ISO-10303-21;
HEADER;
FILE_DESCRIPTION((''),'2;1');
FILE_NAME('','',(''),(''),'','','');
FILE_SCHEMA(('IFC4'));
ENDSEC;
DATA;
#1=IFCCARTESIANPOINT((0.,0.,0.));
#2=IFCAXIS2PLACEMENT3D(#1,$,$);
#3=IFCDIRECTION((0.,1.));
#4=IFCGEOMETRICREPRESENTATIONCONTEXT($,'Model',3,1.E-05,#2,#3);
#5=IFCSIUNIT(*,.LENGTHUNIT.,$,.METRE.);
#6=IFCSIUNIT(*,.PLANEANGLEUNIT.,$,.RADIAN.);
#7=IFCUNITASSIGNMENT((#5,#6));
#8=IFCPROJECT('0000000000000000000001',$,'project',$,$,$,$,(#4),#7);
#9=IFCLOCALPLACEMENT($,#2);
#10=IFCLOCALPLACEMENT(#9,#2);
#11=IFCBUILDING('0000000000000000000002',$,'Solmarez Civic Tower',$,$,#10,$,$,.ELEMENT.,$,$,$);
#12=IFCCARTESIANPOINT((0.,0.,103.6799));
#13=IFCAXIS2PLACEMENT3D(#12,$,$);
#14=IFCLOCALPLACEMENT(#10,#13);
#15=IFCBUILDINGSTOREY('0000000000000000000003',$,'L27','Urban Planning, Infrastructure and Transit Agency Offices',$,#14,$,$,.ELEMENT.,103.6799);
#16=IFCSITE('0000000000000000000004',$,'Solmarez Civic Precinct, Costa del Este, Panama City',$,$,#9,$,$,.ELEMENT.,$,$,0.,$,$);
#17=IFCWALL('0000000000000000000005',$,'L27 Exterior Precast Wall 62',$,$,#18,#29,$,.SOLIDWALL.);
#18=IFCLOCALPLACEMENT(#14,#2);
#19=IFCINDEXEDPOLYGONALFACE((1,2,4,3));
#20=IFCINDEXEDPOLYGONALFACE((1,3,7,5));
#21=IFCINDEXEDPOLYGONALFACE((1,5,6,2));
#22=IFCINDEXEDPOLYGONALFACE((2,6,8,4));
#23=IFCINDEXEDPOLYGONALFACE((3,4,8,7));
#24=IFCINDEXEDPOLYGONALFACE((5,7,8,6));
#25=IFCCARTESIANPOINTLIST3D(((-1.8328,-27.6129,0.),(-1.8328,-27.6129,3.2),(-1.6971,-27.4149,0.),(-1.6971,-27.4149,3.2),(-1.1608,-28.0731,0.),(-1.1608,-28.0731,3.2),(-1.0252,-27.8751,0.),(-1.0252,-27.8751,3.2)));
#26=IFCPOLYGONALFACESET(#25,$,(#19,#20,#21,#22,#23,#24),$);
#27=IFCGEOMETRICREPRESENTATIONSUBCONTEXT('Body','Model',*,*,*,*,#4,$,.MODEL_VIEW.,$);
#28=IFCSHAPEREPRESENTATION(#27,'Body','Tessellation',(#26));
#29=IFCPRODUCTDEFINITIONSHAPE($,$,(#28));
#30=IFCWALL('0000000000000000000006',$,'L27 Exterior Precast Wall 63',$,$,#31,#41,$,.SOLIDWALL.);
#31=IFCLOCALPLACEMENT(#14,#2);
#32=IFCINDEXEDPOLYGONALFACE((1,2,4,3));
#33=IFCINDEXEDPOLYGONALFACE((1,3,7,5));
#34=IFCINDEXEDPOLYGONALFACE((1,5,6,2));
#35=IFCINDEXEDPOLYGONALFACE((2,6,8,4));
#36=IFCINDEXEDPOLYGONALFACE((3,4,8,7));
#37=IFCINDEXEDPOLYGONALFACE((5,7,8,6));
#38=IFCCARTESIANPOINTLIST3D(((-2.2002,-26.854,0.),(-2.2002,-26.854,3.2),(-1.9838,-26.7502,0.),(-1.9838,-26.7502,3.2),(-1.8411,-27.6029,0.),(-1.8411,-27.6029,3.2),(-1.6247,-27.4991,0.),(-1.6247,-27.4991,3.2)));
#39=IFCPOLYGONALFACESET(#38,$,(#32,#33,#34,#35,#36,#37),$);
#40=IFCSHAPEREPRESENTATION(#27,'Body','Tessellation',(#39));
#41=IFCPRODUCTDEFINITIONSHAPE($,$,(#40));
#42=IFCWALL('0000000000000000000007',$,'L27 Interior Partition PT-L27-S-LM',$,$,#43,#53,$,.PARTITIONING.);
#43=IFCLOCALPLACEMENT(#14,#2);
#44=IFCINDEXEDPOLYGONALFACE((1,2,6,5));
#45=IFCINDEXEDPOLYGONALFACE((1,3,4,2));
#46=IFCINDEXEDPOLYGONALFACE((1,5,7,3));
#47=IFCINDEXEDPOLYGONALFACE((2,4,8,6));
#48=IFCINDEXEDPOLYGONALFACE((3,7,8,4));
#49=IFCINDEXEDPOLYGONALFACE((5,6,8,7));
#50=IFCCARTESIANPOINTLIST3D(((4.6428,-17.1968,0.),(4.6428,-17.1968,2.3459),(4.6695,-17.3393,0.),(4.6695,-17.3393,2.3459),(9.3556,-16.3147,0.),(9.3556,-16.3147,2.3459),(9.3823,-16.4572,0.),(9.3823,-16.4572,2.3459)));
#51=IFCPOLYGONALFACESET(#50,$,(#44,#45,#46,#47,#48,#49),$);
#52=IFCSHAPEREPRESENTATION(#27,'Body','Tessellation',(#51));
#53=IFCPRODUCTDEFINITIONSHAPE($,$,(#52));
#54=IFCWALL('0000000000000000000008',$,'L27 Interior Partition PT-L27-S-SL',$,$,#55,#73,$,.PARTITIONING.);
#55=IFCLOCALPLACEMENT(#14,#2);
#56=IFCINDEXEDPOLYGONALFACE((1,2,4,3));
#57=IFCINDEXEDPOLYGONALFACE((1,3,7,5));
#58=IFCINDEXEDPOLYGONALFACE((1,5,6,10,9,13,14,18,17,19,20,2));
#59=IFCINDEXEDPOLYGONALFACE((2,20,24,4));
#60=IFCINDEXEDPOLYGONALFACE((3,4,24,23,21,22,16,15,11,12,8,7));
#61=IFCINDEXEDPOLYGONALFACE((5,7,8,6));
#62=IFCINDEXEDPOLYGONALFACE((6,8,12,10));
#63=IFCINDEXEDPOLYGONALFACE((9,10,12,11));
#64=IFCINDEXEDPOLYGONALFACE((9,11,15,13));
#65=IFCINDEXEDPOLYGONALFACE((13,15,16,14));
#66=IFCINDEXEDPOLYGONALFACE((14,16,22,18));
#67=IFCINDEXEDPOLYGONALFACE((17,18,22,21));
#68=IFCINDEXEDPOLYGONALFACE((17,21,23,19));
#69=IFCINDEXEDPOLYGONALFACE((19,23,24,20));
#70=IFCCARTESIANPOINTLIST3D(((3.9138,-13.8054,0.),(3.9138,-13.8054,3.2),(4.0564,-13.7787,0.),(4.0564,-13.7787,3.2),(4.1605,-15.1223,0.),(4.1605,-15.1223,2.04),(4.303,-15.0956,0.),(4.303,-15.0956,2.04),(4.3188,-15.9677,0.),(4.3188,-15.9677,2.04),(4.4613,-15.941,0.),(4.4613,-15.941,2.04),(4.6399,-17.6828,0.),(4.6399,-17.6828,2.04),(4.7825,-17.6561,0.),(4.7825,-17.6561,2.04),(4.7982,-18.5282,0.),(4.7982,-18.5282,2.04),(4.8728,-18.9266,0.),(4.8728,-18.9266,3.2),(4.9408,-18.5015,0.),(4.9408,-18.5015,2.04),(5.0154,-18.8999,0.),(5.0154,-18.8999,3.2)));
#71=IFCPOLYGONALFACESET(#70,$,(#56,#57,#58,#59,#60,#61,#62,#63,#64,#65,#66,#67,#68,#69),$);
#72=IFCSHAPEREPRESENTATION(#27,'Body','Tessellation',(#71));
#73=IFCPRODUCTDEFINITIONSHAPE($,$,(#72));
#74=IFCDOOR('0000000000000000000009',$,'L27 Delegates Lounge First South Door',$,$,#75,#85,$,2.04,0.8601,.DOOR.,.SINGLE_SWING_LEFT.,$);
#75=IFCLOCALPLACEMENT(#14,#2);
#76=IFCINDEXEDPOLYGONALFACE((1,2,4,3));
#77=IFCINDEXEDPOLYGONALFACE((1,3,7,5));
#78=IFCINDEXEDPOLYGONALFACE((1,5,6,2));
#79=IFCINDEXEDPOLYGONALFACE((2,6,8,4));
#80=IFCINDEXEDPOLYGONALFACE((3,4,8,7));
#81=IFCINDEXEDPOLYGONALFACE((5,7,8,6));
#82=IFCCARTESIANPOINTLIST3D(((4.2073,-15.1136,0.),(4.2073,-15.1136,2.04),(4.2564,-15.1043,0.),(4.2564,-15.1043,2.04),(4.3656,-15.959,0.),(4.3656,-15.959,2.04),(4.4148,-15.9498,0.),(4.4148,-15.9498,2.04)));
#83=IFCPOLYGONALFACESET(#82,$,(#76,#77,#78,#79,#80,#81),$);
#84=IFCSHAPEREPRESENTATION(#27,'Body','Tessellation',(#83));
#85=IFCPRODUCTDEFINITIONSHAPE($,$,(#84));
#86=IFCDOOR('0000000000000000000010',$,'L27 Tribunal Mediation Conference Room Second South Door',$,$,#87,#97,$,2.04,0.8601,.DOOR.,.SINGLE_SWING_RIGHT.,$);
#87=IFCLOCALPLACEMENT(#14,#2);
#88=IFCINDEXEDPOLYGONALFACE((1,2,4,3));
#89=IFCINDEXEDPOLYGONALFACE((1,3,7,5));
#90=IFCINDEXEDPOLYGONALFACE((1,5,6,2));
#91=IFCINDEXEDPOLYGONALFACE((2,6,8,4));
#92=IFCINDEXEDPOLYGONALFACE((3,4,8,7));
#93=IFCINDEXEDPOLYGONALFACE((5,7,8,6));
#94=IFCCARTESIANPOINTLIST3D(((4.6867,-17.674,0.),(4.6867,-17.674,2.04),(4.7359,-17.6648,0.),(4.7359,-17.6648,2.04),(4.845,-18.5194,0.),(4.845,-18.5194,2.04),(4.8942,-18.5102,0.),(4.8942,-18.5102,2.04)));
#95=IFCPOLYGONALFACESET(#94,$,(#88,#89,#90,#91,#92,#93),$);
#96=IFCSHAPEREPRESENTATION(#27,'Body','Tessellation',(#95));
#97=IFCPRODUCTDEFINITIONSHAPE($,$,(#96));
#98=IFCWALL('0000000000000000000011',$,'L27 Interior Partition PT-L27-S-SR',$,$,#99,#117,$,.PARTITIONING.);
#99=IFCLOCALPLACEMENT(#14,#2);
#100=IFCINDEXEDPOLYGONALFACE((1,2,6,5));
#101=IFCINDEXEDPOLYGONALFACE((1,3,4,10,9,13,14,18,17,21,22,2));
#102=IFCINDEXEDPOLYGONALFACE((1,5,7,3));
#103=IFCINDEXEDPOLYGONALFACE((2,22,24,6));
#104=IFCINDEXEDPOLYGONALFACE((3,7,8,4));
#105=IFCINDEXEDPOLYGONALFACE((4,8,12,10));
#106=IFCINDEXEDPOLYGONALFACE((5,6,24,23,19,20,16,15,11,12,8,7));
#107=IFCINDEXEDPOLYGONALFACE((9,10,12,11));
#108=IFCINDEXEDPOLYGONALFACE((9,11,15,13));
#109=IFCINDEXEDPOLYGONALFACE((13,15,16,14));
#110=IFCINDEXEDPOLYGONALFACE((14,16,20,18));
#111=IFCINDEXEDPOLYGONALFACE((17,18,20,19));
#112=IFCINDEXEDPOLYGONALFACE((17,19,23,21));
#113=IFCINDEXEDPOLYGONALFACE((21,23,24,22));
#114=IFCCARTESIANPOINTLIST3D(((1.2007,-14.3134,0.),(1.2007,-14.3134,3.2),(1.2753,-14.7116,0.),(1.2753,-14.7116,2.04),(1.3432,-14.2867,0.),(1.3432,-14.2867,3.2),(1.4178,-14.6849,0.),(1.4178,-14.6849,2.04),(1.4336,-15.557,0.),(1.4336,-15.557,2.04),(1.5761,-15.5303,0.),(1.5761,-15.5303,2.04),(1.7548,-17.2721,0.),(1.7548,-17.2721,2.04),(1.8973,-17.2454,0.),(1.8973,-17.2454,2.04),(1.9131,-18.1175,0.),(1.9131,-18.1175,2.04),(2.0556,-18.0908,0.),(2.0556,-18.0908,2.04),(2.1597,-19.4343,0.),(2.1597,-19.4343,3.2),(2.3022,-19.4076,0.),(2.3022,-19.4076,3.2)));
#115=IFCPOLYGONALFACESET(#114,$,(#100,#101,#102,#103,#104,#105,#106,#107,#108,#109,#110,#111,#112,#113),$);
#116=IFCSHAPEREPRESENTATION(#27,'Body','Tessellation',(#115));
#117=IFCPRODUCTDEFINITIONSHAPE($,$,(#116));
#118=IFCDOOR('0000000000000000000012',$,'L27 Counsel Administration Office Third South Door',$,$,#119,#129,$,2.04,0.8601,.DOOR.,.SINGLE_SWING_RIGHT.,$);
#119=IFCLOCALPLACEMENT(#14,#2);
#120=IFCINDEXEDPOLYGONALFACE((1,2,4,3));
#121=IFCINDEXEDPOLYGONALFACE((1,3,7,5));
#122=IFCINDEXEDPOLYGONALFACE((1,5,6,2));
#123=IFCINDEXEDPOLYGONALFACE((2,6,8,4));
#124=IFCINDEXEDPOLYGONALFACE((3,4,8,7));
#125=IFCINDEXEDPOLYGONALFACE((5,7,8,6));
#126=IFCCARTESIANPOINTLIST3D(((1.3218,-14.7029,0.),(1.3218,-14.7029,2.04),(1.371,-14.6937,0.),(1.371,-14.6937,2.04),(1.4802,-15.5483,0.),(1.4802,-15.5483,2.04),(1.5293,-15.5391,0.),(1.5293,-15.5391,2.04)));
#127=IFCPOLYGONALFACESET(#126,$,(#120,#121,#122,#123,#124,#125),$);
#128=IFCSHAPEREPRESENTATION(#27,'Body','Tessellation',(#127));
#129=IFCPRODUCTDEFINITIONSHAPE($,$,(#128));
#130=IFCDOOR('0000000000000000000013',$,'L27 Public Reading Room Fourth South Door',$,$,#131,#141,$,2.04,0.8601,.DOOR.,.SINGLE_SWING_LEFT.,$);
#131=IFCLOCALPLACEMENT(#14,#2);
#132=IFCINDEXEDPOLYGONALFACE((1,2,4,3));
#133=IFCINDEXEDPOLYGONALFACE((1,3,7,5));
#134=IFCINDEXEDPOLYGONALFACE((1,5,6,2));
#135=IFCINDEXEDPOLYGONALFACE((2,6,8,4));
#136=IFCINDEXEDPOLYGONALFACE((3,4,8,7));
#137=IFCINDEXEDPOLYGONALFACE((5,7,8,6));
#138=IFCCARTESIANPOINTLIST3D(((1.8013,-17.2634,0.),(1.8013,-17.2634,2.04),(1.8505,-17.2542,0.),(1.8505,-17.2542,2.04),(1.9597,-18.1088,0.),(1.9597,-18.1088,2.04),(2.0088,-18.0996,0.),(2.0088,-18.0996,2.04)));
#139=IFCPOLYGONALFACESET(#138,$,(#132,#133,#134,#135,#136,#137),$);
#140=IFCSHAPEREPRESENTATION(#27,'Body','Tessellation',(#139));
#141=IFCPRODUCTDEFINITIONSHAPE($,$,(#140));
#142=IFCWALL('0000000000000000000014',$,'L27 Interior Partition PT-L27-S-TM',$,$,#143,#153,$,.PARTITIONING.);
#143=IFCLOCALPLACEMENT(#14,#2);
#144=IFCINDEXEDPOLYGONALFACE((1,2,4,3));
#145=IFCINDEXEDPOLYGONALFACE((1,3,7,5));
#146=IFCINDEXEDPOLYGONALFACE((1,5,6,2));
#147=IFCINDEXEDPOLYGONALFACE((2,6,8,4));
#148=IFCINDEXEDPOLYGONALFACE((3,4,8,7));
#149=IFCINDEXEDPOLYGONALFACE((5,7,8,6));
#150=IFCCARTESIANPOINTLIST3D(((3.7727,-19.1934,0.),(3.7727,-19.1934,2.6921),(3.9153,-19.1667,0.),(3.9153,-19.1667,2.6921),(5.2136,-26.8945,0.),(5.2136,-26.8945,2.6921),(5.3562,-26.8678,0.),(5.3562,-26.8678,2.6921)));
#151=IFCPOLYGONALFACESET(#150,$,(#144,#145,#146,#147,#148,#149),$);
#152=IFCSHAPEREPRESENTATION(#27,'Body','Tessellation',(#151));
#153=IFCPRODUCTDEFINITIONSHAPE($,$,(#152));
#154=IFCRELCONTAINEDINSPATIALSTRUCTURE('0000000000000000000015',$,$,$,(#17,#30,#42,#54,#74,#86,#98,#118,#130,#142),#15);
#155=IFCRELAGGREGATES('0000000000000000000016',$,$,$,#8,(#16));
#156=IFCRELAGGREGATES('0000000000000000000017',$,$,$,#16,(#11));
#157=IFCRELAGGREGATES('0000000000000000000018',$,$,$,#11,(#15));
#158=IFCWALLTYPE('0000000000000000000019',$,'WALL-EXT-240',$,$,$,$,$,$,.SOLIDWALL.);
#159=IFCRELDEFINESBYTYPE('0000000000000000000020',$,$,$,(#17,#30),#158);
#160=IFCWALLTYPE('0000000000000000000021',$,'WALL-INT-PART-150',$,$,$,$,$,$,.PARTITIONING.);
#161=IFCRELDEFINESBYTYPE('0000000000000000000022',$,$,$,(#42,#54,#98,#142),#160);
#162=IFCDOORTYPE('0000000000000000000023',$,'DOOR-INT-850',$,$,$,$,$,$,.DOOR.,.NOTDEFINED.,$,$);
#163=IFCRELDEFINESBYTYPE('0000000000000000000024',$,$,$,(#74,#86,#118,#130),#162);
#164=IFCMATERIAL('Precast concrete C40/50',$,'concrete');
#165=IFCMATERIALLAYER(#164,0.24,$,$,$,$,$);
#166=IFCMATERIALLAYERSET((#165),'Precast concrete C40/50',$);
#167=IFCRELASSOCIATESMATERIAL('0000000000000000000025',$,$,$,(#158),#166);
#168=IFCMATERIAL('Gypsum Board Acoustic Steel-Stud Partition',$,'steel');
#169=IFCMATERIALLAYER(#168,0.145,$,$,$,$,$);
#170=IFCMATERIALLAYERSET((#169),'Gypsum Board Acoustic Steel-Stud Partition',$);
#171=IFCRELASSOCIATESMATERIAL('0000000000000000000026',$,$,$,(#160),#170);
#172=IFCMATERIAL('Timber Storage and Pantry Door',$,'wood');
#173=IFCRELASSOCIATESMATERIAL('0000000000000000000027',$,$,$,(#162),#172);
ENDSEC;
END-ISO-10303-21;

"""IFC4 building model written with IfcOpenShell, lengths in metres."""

from ifc_helpers import new_model, si_unit, direction, frame, frame_2d, origin, place, context, subcontext, project, spatial, rectangle, extrude, material, layer, layer_set, type_object, element, fill, save


model = new_model("IFC4")

# Units and contexts
model_context = context("Model", 3, precision=1e-05, world=origin(), true_north=direction((0.0, 1.0)))
body_context = subcontext(model_context, "Body", "Model", "MODEL_VIEW")
ifc_project = project(units=[si_unit("LENGTHUNIT", "METRE"), si_unit("PLANEANGLEUNIT", "RADIAN")], contexts=[model_context])

# Site, building, storey
site_placement = place(None, origin())
site = spatial("IfcSite", under=ifc_project, at=site_placement, Name="Solmarez Civic Precinct, Costa del Este, Panama City", CompositionType="ELEMENT", RefElevation=0.0)
building_placement = place(site_placement, origin())
building = spatial("IfcBuilding", under=site, at=building_placement, Name="Solmarez Civic Tower", CompositionType="ELEMENT")
storey_placement = place(building_placement, frame((0.0, 0.0, 103.6799)))
storey = spatial("IfcBuildingStorey", under=building, at=storey_placement, Name="L27", Description="Urban Planning, Infrastructure and Transit Agency Offices", CompositionType="ELEMENT", Elevation=103.6799)

# Walls
ifc_material_1 = material(Name="Precast concrete C40/50", Category="concrete")
ifc_layer_1 = layer(ifc_material_1, 0.24)
ifc_layer_set_1 = layer_set([ifc_layer_1], Name="Precast concrete C40/50")
wall_type_1 = type_object("IfcWallType", Name="WALL-EXT-240", PredefinedType="SOLIDWALL", material=ifc_layer_set_1)
wall_1_placement = place(storey_placement, frame((-1.093, -27.9741, 0.0), z_axis=(0.0, 0.0, 1.0), x_axis=(-0.82502, 0.565103, 0.0)))
element("IfcWall", 1, at=wall_1_placement, inside=storey, type_object=wall_type_1, Name="L27 Exterior Precast Wall 62", PredefinedType="SOLIDWALL", context=body_context, shape_type="SweptSolid", body=[
    extrude(rectangle(XDim=0.8145, YDim=0.24, at=frame_2d((0.4072, 0.0))), origin(), (0.0, 0.0, 1.0), 3.2),
])
wall_2_placement = place(storey_placement, frame((-1.7329, -27.551, 0.0), z_axis=(0.0, 0.0, 1.0), x_axis=(-0.432339, 0.901711, 0.0)))
element("IfcWall", 2, at=wall_2_placement, inside=storey, type_object=wall_type_1, Name="L27 Exterior Precast Wall 63", PredefinedType="SOLIDWALL", context=body_context, shape_type="SweptSolid", body=[
    extrude(rectangle(XDim=0.8306, YDim=0.24, at=frame_2d((0.4153, 0.0))), origin(), (0.0, 0.0, 1.0), 3.2),
])
ifc_material_2 = material(Name="Gypsum Board Acoustic Steel-Stud Partition", Category="steel")
ifc_layer_2 = layer(ifc_material_2, 0.145)
ifc_layer_set_2 = layer_set([ifc_layer_2], Name="Gypsum Board Acoustic Steel-Stud Partition")
wall_type_2 = type_object("IfcWallType", Name="WALL-INT-PART-150", PredefinedType="PARTITIONING", material=ifc_layer_set_2)
wall_3_placement = place(storey_placement, frame((4.656, -17.2681, 0.0), z_axis=(0.0, 0.0, 1.0), x_axis=(0.982932, 0.183969, 0.0)))
element("IfcWall", 3, at=wall_3_placement, inside=storey, type_object=wall_type_2, Name="L27 Interior Partition PT-L27-S-LM", PredefinedType="PARTITIONING", context=body_context, shape_type="SweptSolid", body=[
    extrude(rectangle(XDim=4.7947, YDim=0.145, at=frame_2d((2.3975, 0.0))), origin(), (0.0, 0.0, 1.0), 2.3459),
])

# Walls, openings, doors
wall_4_placement = place(storey_placement, frame((4.9441, -18.9131, 0.0), z_axis=(0.0, 0.0, 1.0), x_axis=(-0.184062, 0.982915, 0.0)))
wall_4 = element("IfcWall", 4, at=wall_4_placement, inside=storey, type_object=wall_type_2, Name="L27 Interior Partition PT-L27-S-SL", PredefinedType="PARTITIONING", context=body_context, shape_type="SweptSolid", body=[
    extrude(rectangle(XDim=5.2102, YDim=0.145, at=frame_2d((2.605, 0.0))), origin(), (0.0, 0.0, 1.0), 3.2),
])
opening_1_placement = place(wall_4_placement, frame((3.01, 0.0, 0.0)))
opening_1 = element("IfcOpeningElement", 5, at=opening_1_placement, cuts=wall_4, PredefinedType="OPENING", context=body_context, shape_type="SweptSolid", body=[
    extrude(rectangle(XDim=0.8601, YDim=2.04, at=frame_2d((0.4302, 1.02))), frame((0.0, 0.0825, 0.0), z_axis=(0.0, -1.0, 0.0), x_axis=(1.0, 0.0, 0.0)), (0.0, 0.0, 1.0), 0.165),
])
opening_2_placement = place(wall_4_placement, frame((0.405, 0.0, 0.0)))
opening_2 = element("IfcOpeningElement", 6, at=opening_2_placement, cuts=wall_4, PredefinedType="OPENING", context=body_context, shape_type="SweptSolid", body=[
    extrude(rectangle(XDim=0.8601, YDim=2.04, at=frame_2d((0.4302, 1.02))), frame((0.0, 0.0825, 0.0), z_axis=(0.0, -1.0, 0.0), x_axis=(1.0, 0.0, 0.0)), (0.0, 0.0, 1.0), 0.165),
])
ifc_material_3 = material(Name="Timber Storage and Pantry Door", Category="wood")
door_type = type_object("IfcDoorType", Name="DOOR-INT-850", OperationType="NOTDEFINED", PredefinedType="DOOR", material=ifc_material_3)
door_1_placement = place(opening_1_placement, origin())
door_1 = element("IfcDoor", 7, at=door_1_placement, inside=storey, type_object=door_type, Name="L27 Delegates Lounge First South Door", OperationType="SINGLE_SWING_LEFT", OverallHeight=2.04, OverallWidth=0.8601, PredefinedType="DOOR", context=body_context, shape_type="SweptSolid", body=[
    extrude(rectangle(XDim=0.8601, YDim=2.04, at=frame_2d((0.4302, 1.02))), frame((0.0, 0.0249, 0.0), z_axis=(0.0, -1.0, 0.0), x_axis=(1.0, 0.0, 0.0)), (0.0, 0.0, 1.0), 0.05),
])
fill(opening_1, door_1)
door_2_placement = place(opening_2_placement, origin())
door_2 = element("IfcDoor", 8, at=door_2_placement, inside=storey, type_object=door_type, Name="L27 Tribunal Mediation Conference Room Second South Door", OperationType="SINGLE_SWING_RIGHT", OverallHeight=2.04, OverallWidth=0.8601, PredefinedType="DOOR", context=body_context, shape_type="SweptSolid", body=[
    extrude(rectangle(XDim=0.8601, YDim=2.04, at=frame_2d((0.4302, 1.02))), frame((0.0, 0.0249, 0.0), z_axis=(0.0, -1.0, 0.0), x_axis=(1.0, 0.0, 0.0)), (0.0, 0.0, 1.0), 0.05),
])
fill(opening_2, door_2)
wall_5_placement = place(storey_placement, frame((1.272, -14.3, 0.0), z_axis=(0.0, 0.0, 1.0), x_axis=(0.184071, -0.982913, 0.0)))
wall_5 = element("IfcWall", 9, at=wall_5_placement, inside=storey, type_object=wall_type_2, Name="L27 Interior Partition PT-L27-S-SR", PredefinedType="PARTITIONING", context=body_context, shape_type="SweptSolid", body=[
    extrude(rectangle(XDim=5.21, YDim=0.145, at=frame_2d((2.605, 0.0))), origin(), (0.0, 0.0, 1.0), 3.2),
])
opening_3_placement = place(wall_5_placement, frame((0.405, 0.0, 0.0)))
opening_3 = element("IfcOpeningElement", 10, at=opening_3_placement, cuts=wall_5, PredefinedType="OPENING", context=body_context, shape_type="SweptSolid", body=[
    extrude(rectangle(XDim=0.8601, YDim=2.04, at=frame_2d((0.4302, 1.02))), frame((0.0, 0.0825, 0.0), z_axis=(0.0, -1.0, 0.0), x_axis=(1.0, 0.0, 0.0)), (0.0, 0.0, 1.0), 0.165),
])
opening_4_placement = place(wall_5_placement, frame((3.01, 0.0, 0.0)))
opening_4 = element("IfcOpeningElement", 11, at=opening_4_placement, cuts=wall_5, PredefinedType="OPENING", context=body_context, shape_type="SweptSolid", body=[
    extrude(rectangle(XDim=0.8601, YDim=2.04, at=frame_2d((0.4302, 1.02))), frame((0.0, 0.0825, 0.0), z_axis=(0.0, -1.0, 0.0), x_axis=(1.0, 0.0, 0.0)), (0.0, 0.0, 1.0), 0.165),
])
door_3_placement = place(opening_3_placement, origin())
door_3 = element("IfcDoor", 12, at=door_3_placement, inside=storey, type_object=door_type, Name="L27 Counsel Administration Office Third South Door", OperationType="SINGLE_SWING_RIGHT", OverallHeight=2.04, OverallWidth=0.8601, PredefinedType="DOOR", context=body_context, shape_type="SweptSolid", body=[
    extrude(rectangle(XDim=0.8601, YDim=2.04, at=frame_2d((0.4302, 1.02))), frame((0.0, 0.0249, 0.0), z_axis=(0.0, -1.0, 0.0), x_axis=(1.0, 0.0, 0.0)), (0.0, 0.0, 1.0), 0.05),
])
fill(opening_3, door_3)
door_4_placement = place(opening_4_placement, origin())
door_4 = element("IfcDoor", 13, at=door_4_placement, inside=storey, type_object=door_type, Name="L27 Public Reading Room Fourth South Door", OperationType="SINGLE_SWING_LEFT", OverallHeight=2.04, OverallWidth=0.8601, PredefinedType="DOOR", context=body_context, shape_type="SweptSolid", body=[
    extrude(rectangle(XDim=0.8601, YDim=2.04, at=frame_2d((0.4302, 1.02))), frame((0.0, 0.0249, 0.0), z_axis=(0.0, -1.0, 0.0), x_axis=(1.0, 0.0, 0.0)), (0.0, 0.0, 1.0), 0.05),
])
fill(opening_4, door_4)

# Wall
wall_6_placement = place(storey_placement, frame((3.844, -19.1799, 0.0), z_axis=(0.0, 0.0, 1.0), x_axis=(0.183912, -0.982943, 0.0)))
element("IfcWall", 14, at=wall_6_placement, inside=storey, type_object=wall_type_2, Name="L27 Interior Partition PT-L27-S-TM", PredefinedType="PARTITIONING", context=body_context, shape_type="SweptSolid", body=[
    extrude(rectangle(XDim=7.8347, YDim=0.145, at=frame_2d((3.9175, 0.0))), origin(), (0.0, 0.0, 1.0), 2.6921),
])

save(model, "model.ifc")
